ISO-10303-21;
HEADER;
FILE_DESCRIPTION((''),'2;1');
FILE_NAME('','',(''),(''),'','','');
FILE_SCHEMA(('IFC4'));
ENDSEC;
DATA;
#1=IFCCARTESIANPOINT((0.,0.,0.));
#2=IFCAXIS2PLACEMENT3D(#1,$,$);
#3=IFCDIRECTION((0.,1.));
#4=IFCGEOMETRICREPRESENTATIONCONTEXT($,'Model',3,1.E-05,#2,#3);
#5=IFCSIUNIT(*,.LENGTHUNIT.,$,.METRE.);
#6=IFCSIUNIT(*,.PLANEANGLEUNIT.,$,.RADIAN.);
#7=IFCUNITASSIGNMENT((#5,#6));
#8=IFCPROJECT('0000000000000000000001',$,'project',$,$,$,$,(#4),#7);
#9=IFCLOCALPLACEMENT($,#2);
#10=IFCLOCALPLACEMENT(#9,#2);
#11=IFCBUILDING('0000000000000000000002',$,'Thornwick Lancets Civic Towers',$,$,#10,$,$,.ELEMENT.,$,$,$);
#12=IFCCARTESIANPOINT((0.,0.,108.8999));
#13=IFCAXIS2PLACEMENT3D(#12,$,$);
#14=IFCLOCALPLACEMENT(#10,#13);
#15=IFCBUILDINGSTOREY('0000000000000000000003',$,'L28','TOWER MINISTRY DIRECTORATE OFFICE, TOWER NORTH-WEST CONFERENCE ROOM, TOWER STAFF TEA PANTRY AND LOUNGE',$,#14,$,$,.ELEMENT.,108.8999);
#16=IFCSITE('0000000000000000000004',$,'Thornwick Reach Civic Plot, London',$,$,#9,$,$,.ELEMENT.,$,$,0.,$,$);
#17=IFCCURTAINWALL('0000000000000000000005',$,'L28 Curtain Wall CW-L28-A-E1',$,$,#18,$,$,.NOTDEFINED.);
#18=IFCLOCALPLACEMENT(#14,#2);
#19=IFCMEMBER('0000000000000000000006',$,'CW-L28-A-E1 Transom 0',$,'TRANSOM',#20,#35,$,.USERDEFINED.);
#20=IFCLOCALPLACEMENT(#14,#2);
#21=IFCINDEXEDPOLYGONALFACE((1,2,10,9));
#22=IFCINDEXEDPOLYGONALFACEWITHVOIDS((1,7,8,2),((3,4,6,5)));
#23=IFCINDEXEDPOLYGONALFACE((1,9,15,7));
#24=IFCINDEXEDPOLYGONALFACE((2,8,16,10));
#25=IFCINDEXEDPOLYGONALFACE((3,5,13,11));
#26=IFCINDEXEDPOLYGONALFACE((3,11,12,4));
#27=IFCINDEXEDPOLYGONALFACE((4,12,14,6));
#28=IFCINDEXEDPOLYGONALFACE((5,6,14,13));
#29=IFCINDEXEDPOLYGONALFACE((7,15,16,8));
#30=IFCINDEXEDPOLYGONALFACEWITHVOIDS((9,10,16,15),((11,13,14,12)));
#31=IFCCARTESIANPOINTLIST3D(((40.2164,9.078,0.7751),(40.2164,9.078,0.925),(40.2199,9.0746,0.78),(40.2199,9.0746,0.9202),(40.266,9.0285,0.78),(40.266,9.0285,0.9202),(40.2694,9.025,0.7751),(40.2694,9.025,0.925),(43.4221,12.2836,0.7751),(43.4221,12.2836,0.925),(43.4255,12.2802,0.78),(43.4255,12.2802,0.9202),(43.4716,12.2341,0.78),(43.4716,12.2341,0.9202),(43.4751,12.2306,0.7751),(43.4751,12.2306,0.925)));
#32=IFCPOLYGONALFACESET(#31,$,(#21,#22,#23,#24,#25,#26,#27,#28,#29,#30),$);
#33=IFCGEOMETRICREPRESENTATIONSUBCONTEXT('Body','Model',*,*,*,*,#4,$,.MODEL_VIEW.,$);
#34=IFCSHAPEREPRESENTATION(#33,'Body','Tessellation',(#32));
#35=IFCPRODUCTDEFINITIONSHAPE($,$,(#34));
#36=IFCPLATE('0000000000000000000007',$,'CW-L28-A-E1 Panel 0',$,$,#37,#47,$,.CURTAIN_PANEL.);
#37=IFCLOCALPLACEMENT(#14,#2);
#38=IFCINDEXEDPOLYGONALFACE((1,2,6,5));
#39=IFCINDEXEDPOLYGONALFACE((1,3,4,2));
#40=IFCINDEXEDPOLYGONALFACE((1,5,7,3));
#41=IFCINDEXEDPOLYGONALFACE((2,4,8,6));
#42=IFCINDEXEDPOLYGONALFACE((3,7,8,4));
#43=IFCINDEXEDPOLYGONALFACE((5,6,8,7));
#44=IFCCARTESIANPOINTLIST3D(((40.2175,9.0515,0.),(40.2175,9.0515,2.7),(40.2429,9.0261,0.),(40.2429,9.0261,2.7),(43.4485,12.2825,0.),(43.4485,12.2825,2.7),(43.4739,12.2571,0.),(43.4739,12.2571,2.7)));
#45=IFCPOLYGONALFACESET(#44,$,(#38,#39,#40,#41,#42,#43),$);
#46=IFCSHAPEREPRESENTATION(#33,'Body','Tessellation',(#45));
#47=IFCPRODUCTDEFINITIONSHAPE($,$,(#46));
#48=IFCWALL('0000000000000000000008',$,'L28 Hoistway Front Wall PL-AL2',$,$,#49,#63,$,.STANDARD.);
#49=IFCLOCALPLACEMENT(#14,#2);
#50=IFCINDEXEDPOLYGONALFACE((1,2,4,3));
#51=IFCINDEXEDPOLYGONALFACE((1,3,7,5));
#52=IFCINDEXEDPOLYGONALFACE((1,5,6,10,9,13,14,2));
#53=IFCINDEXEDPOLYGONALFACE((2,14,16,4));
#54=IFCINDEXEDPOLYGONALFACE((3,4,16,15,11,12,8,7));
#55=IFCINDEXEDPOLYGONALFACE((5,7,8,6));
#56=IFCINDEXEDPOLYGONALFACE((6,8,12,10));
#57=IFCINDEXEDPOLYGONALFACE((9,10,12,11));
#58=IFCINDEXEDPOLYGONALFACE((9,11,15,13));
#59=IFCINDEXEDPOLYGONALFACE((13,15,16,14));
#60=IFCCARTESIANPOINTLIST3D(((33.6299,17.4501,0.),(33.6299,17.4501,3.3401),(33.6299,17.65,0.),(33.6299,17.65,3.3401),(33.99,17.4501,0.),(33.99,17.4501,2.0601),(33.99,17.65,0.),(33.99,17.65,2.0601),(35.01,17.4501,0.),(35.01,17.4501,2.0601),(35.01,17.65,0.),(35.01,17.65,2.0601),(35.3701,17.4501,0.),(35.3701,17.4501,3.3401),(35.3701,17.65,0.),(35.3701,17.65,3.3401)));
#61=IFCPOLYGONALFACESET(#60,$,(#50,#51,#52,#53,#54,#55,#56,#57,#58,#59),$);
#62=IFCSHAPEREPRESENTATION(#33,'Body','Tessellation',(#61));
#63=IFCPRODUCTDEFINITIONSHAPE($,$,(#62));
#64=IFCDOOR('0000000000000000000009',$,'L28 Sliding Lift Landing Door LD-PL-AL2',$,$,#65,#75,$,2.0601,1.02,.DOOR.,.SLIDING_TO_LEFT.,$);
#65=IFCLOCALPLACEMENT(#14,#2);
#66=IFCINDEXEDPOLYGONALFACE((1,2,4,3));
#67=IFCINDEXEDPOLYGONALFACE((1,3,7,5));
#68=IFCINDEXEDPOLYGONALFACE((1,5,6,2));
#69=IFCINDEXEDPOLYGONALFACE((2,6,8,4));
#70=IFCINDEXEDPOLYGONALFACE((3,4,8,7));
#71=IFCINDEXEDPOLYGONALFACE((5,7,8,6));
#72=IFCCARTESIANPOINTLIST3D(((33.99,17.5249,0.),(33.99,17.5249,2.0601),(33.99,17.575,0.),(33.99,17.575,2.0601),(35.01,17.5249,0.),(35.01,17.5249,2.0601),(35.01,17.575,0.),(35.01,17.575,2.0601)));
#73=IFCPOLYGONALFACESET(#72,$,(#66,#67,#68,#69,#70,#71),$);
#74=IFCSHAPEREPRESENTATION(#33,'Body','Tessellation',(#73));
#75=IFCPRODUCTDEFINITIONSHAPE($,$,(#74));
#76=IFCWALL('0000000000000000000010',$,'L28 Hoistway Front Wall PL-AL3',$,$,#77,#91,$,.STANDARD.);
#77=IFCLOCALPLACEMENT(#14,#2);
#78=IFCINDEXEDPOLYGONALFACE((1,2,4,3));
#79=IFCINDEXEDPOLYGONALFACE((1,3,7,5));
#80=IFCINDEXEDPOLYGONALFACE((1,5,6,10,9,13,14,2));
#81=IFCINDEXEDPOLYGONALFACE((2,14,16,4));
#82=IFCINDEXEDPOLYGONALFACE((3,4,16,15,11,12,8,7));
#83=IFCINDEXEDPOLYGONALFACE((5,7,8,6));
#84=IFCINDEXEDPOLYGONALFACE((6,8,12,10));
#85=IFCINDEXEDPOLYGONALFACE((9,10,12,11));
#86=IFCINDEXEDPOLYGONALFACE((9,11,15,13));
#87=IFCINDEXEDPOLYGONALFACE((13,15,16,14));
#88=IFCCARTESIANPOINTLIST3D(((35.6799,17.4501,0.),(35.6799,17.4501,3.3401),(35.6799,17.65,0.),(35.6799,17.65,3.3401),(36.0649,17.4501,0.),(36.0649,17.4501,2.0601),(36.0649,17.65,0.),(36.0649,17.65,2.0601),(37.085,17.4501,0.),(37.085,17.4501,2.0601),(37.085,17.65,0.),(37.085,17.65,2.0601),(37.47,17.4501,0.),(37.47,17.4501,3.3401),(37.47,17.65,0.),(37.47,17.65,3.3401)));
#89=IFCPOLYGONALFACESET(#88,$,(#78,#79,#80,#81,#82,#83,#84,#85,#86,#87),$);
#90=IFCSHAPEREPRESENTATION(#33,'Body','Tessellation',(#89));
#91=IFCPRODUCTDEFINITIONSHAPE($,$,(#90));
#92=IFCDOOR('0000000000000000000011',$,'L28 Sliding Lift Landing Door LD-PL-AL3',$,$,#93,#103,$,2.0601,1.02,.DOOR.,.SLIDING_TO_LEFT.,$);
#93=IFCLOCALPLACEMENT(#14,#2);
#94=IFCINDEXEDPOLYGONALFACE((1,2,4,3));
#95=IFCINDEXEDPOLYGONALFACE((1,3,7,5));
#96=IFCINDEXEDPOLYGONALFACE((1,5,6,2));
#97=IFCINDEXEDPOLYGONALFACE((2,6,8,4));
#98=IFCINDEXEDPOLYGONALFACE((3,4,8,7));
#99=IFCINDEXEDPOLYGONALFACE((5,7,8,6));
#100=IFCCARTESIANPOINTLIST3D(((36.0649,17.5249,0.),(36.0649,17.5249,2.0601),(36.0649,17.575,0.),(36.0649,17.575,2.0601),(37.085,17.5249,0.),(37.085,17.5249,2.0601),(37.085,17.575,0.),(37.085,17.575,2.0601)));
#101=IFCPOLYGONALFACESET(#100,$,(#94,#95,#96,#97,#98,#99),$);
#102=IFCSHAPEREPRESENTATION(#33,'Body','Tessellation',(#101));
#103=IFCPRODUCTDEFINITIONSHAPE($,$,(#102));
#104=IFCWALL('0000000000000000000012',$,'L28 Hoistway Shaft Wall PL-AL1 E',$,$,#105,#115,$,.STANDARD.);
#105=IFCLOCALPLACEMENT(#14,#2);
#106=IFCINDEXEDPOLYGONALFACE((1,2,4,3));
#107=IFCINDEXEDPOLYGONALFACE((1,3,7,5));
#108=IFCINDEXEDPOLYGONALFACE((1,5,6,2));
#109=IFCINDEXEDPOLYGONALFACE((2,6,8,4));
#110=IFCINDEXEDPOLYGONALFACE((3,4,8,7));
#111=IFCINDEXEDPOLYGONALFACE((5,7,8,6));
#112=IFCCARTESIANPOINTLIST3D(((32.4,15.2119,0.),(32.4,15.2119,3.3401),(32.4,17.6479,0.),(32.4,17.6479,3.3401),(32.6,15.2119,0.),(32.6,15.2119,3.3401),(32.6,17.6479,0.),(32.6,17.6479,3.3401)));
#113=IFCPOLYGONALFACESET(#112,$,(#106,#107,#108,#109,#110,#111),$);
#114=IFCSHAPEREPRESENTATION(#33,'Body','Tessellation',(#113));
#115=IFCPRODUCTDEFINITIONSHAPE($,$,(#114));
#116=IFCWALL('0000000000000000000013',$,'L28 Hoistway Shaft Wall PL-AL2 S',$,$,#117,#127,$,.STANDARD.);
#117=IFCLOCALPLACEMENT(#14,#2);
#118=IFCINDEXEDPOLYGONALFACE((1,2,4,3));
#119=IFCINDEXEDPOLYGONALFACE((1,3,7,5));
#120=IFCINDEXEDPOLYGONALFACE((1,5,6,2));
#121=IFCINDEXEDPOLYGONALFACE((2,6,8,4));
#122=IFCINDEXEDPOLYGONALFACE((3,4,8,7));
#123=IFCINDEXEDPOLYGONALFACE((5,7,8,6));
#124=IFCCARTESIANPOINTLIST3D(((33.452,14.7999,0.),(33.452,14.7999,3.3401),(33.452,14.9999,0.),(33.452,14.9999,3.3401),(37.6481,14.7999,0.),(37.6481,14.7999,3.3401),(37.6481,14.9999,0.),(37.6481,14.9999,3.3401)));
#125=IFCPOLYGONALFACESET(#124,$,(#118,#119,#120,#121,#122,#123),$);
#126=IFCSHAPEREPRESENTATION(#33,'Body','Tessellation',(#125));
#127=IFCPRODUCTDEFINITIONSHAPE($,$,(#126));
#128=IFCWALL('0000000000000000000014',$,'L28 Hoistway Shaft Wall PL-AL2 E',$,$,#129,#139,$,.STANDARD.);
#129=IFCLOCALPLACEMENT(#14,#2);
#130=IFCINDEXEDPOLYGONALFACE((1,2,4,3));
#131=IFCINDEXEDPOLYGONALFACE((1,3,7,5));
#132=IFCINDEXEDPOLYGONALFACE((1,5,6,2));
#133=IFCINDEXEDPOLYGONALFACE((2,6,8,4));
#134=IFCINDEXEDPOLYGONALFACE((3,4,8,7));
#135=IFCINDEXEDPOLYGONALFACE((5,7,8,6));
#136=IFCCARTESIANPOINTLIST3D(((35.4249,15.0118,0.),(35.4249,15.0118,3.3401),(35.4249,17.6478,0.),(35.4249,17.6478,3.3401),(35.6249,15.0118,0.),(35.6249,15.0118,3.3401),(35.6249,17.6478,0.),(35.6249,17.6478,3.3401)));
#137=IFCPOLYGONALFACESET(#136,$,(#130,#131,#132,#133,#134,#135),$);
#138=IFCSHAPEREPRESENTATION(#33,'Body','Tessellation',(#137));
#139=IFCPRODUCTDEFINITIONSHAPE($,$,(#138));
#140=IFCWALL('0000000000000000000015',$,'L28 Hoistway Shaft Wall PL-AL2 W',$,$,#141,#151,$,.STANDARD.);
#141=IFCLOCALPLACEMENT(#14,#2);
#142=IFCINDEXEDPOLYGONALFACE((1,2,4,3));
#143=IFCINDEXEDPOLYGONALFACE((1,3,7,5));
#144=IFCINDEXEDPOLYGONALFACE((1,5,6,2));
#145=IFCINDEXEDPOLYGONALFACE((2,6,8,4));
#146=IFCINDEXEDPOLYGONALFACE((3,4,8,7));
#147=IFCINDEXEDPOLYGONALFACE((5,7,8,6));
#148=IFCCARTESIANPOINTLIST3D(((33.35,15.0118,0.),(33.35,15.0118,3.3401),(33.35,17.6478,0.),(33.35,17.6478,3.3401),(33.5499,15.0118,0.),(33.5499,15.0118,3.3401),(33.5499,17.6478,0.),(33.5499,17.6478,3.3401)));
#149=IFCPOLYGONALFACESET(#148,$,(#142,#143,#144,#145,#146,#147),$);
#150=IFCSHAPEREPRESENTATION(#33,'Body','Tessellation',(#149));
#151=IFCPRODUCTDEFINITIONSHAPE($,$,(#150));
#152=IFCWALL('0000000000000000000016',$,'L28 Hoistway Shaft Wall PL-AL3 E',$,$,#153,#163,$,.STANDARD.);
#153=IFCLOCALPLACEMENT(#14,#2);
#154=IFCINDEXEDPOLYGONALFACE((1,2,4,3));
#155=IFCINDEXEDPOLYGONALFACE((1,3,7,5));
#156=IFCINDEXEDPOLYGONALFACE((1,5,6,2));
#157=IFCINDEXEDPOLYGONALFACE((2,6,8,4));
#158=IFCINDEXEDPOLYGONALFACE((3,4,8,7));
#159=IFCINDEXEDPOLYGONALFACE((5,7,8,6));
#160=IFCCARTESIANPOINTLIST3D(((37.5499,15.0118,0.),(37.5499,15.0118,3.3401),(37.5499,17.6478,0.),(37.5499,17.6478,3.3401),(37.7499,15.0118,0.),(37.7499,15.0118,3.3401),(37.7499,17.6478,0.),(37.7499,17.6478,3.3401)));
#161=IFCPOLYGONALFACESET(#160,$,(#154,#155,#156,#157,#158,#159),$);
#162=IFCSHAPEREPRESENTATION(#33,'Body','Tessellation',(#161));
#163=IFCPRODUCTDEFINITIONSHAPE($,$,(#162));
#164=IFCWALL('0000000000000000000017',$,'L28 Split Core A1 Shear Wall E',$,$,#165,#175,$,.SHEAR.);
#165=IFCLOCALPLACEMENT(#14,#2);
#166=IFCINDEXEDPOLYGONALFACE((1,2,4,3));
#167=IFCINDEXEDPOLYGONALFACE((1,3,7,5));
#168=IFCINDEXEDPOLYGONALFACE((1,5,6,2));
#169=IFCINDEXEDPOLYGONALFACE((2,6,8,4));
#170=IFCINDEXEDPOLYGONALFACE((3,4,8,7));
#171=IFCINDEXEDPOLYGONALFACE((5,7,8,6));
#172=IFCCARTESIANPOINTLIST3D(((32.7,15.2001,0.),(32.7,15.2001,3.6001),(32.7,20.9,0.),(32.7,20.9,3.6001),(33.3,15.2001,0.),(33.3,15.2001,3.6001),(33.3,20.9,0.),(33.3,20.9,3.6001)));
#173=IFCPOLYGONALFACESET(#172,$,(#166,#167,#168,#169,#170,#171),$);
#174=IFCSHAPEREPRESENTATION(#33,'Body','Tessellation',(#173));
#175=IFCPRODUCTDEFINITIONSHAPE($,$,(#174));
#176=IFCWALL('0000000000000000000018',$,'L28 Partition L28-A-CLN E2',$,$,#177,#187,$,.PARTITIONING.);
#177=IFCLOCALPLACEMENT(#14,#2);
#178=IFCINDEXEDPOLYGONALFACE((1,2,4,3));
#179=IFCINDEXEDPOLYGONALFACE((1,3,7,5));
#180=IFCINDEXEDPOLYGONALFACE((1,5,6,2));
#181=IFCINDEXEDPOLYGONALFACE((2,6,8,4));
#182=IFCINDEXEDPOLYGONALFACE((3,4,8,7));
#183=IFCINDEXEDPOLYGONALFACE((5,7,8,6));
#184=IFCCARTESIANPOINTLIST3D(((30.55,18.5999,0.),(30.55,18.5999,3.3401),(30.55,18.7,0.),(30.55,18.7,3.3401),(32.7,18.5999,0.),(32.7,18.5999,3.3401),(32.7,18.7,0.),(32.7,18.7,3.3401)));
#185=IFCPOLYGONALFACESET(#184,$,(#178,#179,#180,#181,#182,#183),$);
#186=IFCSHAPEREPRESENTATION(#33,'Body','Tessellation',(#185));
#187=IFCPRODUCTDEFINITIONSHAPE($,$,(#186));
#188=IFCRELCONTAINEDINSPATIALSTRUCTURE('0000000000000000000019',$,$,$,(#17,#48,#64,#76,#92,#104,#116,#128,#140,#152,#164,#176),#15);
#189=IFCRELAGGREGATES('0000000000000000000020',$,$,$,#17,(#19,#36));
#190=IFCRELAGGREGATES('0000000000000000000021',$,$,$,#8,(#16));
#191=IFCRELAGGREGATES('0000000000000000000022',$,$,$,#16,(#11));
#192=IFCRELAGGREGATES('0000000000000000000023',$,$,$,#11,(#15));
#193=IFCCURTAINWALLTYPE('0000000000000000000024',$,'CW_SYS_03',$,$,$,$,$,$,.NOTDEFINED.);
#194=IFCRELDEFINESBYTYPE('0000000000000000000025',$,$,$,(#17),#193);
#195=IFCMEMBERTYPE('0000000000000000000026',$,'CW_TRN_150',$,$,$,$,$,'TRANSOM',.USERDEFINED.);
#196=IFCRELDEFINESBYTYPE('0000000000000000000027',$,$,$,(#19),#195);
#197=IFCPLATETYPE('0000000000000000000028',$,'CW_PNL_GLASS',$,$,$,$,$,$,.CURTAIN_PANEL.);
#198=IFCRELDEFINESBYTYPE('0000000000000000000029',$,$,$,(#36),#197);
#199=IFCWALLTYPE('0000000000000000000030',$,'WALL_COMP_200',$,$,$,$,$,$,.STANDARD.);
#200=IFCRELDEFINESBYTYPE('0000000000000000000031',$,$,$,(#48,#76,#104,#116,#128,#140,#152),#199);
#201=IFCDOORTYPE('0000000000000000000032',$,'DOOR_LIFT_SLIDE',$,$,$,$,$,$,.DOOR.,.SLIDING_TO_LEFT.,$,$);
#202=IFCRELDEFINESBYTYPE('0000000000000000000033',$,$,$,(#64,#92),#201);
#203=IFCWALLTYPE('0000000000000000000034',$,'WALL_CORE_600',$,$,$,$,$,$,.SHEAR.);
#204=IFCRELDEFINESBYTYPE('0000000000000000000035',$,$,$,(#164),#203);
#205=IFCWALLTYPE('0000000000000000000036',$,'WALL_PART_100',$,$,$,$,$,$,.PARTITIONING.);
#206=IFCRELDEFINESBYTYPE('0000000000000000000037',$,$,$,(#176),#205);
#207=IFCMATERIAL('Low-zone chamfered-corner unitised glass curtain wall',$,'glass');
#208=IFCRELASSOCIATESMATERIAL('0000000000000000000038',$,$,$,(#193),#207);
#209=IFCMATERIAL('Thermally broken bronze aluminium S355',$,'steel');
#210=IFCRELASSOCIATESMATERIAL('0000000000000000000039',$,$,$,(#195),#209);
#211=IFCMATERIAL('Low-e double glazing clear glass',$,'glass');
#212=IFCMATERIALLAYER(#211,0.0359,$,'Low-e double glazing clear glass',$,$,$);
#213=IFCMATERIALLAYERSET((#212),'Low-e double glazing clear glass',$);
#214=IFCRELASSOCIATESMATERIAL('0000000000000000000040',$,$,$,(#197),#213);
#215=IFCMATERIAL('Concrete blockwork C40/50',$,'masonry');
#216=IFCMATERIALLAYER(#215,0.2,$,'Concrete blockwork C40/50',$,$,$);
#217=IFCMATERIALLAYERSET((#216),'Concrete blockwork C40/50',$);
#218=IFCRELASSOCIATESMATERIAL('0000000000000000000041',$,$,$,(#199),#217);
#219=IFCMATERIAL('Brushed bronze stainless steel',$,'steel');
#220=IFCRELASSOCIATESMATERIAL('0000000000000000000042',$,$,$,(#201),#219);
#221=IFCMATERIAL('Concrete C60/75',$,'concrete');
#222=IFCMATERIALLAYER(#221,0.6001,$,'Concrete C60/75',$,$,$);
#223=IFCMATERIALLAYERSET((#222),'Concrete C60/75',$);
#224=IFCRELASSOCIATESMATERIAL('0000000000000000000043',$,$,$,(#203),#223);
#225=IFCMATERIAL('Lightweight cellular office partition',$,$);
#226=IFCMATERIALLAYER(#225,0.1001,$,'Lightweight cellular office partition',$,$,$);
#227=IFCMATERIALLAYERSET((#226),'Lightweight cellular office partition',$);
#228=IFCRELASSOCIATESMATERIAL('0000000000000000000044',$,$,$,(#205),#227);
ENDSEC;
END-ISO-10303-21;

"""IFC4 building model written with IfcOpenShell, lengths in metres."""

from ifc_helpers import new_model, si_unit, direction, frame, frame_2d, origin, origin_2d, place, context, subcontext, project, spatial, rectangle, hollow_rectangle, extrude, material, layer, layer_set, material_profile, profile_set, type_object, element, fill, aggregate, save


model = new_model("IFC4")

# Units and contexts
model_context = context("Model", 3, precision=1e-05, world=origin(), true_north=direction((0.0, 1.0)))
body_context = subcontext(model_context, "Body", "Model", "MODEL_VIEW")
ifc_project = project(units=[si_unit("LENGTHUNIT", "METRE"), si_unit("PLANEANGLEUNIT", "RADIAN")], contexts=[model_context])

# Site, building, storey
site_placement = place(None, origin())
site = spatial("IfcSite", under=ifc_project, at=site_placement, Name="Thornwick Reach Civic Plot, London", CompositionType="ELEMENT", RefElevation=0.0)
building_placement = place(site_placement, origin())
building = spatial("IfcBuilding", under=site, at=building_placement, Name="Thornwick Lancets Civic Towers", CompositionType="ELEMENT")
storey_placement = place(building_placement, frame((0.0, 0.0, 108.8999)))
storey = spatial("IfcBuildingStorey", under=building, at=storey_placement, Name="L28", Description="TOWER MINISTRY DIRECTORATE OFFICE, TOWER NORTH-WEST CONFERENCE ROOM, TOWER STAFF TEA PANTRY AND LOUNGE", CompositionType="ELEMENT", Elevation=108.8999)

# Shared definitions
ifc_material_1 = material(Name="Concrete C60/75", Category="concrete")

# Curtain wall, member, plate
ifc_material_2 = material(Name="Low-zone chamfered-corner unitised glass curtain wall", Category="glass")
curtain_wall_type = type_object("IfcCurtainWallType", Name="CW_SYS_03", PredefinedType="NOTDEFINED", material=ifc_material_2)
curtain_wall_placement = place(storey_placement, origin())
curtain_wall = element("IfcCurtainWall", 1, at=curtain_wall_placement, inside=storey, type_object=curtain_wall_type, Name="L28 Curtain Wall CW-L28-A-E1", PredefinedType="NOTDEFINED")
ifc_material_3 = material(Name="Thermally broken bronze aluminium S355", Category="steel")
ifc_material_profile_1 = material_profile(ifc_material_3, hollow_rectangle(XDim=0.075, YDim=0.1499, WallThickness=0.0049, at=origin_2d()), Name="RHS 150x75x5")
ifc_profile_set_1 = profile_set([ifc_material_profile_1], Name="Thermally broken bronze aluminium S355")
member_type_1 = type_object("IfcMemberType", Name="CW_TRN_150", ElementType="TRANSOM", PredefinedType="USERDEFINED", material=ifc_profile_set_1)
member_1_placement = place(storey_placement, frame((40.2429, 9.0515, 0.8501), z_axis=(0.707107, 0.707107, 0.0), x_axis=(-0.707107, 0.707107, 0.0)))
member_1 = element("IfcMember", 2, at=member_1_placement, type_object=member_type_1, Name="CW-L28-A-E1 Transom 0", ObjectType="TRANSOM", PredefinedType="USERDEFINED", context=body_context, shape_type="SweptSolid", body=[
    extrude(hollow_rectangle(XDim=0.075, YDim=0.1499, WallThickness=0.0049, at=origin_2d()), origin(), (0.0, 0.0, 1.0), 4.5334),
])
ifc_material_4 = material(Name="Low-e double glazing clear glass", Category="glass")
ifc_layer_1 = layer(ifc_material_4, 0.0359, Name="Low-e double glazing clear glass")
ifc_layer_set_1 = layer_set([ifc_layer_1], Name="Low-e double glazing clear glass")
plate_type = type_object("IfcPlateType", Name="CW_PNL_GLASS", PredefinedType="CURTAIN_PANEL", material=ifc_layer_set_1)
plate_placement = place(storey_placement, frame((41.8457, 10.6543, 0.0), z_axis=(0.0, 0.0, 1.0), x_axis=(0.707107, 0.707107, 0.0)))
plate = element("IfcPlate", 3, at=plate_placement, type_object=plate_type, Name="CW-L28-A-E1 Panel 0", PredefinedType="CURTAIN_PANEL", context=body_context, shape_type="SweptSolid", body=[
    extrude(rectangle(XDim=4.5693, YDim=0.0359, at=origin_2d()), origin(), (0.0, 0.0, 1.0), 2.7),
])
aggregate(curtain_wall, [member_1, plate])

# Walls, openings, doors
ifc_material_5 = material(Name="Concrete blockwork C40/50", Category="masonry")
ifc_layer_2 = layer(ifc_material_5, 0.2, Name="Concrete blockwork C40/50")
ifc_layer_set_2 = layer_set([ifc_layer_2], Name="Concrete blockwork C40/50")
wall_type_1 = type_object("IfcWallType", Name="WALL_COMP_200", PredefinedType="STANDARD", material=ifc_layer_set_2)
wall_1_placement = place(storey_placement, frame((33.6299, 17.55, 0.0), z_axis=(0.0, 0.0, 1.0), x_axis=(1.0, 0.0, 0.0)))
wall_1 = element("IfcWall", 4, at=wall_1_placement, inside=storey, type_object=wall_type_1, Name="L28 Hoistway Front Wall PL-AL2", PredefinedType="STANDARD", context=body_context, shape_type="SweptSolid", body=[
    extrude(rectangle(XDim=1.7402, YDim=0.2, at=frame_2d((0.8701, 0.0))), origin(), (0.0, 0.0, 1.0), 3.3401),
])
opening_1_placement = place(wall_1_placement, frame((0.3601, 0.0, 0.0)))
opening_1 = element("IfcOpeningElement", 5, at=opening_1_placement, cuts=wall_1, PredefinedType="OPENING", context=body_context, shape_type="SweptSolid", body=[
    extrude(rectangle(XDim=1.02, YDim=2.0601, at=frame_2d((0.51, 1.03))), frame((0.0, 0.1099, 0.0), z_axis=(0.0, -1.0, 0.0), x_axis=(1.0, 0.0, 0.0)), (0.0, 0.0, 1.0), 0.22),
])
ifc_material_6 = material(Name="Brushed bronze stainless steel", Category="steel")
door_type_1 = type_object("IfcDoorType", Name="DOOR_LIFT_SLIDE", OperationType="SLIDING_TO_LEFT", PredefinedType="DOOR", material=ifc_material_6)
door_1_placement = place(opening_1_placement, origin())
door_1 = element("IfcDoor", 6, at=door_1_placement, inside=storey, type_object=door_type_1, Name="L28 Sliding Lift Landing Door LD-PL-AL2", OperationType="SLIDING_TO_LEFT", OverallHeight=2.0601, OverallWidth=1.02, PredefinedType="DOOR", context=body_context, shape_type="SweptSolid", body=[
    extrude(rectangle(XDim=1.02, YDim=2.0601, at=frame_2d((0.51, 1.03))), frame((0.0, 0.0249, 0.0), z_axis=(0.0, -1.0, 0.0), x_axis=(1.0, 0.0, 0.0)), (0.0, 0.0, 1.0), 0.05),
])
fill(opening_1, door_1)
wall_2_placement = place(storey_placement, frame((35.6799, 17.55, 0.0), z_axis=(0.0, 0.0, 1.0), x_axis=(1.0, 0.0, 0.0)))
wall_2 = element("IfcWall", 7, at=wall_2_placement, inside=storey, type_object=wall_type_1, Name="L28 Hoistway Front Wall PL-AL3", PredefinedType="STANDARD", context=body_context, shape_type="SweptSolid", body=[
    extrude(rectangle(XDim=1.79, YDim=0.2, at=frame_2d((0.895, 0.0))), origin(), (0.0, 0.0, 1.0), 3.3401),
])
opening_2_placement = place(wall_2_placement, frame((0.385, 0.0, 0.0)))
opening_2 = element("IfcOpeningElement", 8, at=opening_2_placement, cuts=wall_2, PredefinedType="OPENING", context=body_context, shape_type="SweptSolid", body=[
    extrude(rectangle(XDim=1.02, YDim=2.0601, at=frame_2d((0.51, 1.03))), frame((0.0, 0.1099, 0.0), z_axis=(0.0, -1.0, 0.0), x_axis=(1.0, 0.0, 0.0)), (0.0, 0.0, 1.0), 0.22),
])
door_2_placement = place(opening_2_placement, origin())
door_2 = element("IfcDoor", 9, at=door_2_placement, inside=storey, type_object=door_type_1, Name="L28 Sliding Lift Landing Door LD-PL-AL3", OperationType="SLIDING_TO_LEFT", OverallHeight=2.0601, OverallWidth=1.02, PredefinedType="DOOR", context=body_context, shape_type="SweptSolid", body=[
    extrude(rectangle(XDim=1.02, YDim=2.0601, at=frame_2d((0.51, 1.03))), frame((0.0, 0.0249, 0.0), z_axis=(0.0, -1.0, 0.0), x_axis=(1.0, 0.0, 0.0)), (0.0, 0.0, 1.0), 0.05),
])
fill(opening_2, door_2)

# Walls
wall_3_placement = place(storey_placement, frame((32.5, 15.2119, 0.0), z_axis=(0.0, 0.0, 1.0), x_axis=(0.0, 1.0, 0.0)))
element("IfcWall", 10, at=wall_3_placement, inside=storey, type_object=wall_type_1, Name="L28 Hoistway Shaft Wall PL-AL1 E", PredefinedType="STANDARD", context=body_context, shape_type="SweptSolid", body=[
    extrude(rectangle(XDim=2.436, YDim=0.2, at=frame_2d((1.218, 0.0))), origin(), (0.0, 0.0, 1.0), 3.3401),
])
wall_4_placement = place(storey_placement, frame((33.4519, 14.8999, 0.0), z_axis=(0.0, 0.0, 1.0), x_axis=(1.0, 0.0, 0.0)))
element("IfcWall", 11, at=wall_4_placement, inside=storey, type_object=wall_type_1, Name="L28 Hoistway Shaft Wall PL-AL2 S", PredefinedType="STANDARD", context=body_context, shape_type="SweptSolid", body=[
    extrude(rectangle(XDim=4.196, YDim=0.2, at=frame_2d((2.0981, 0.0))), origin(), (0.0, 0.0, 1.0), 3.3401),
])
for number, where, z_axis, x_axis, name in (
    (12, (35.5249, 15.012, 0.0), (0.0, 0.0, 1.0), (0.0, 1.0, 0.0), "L28 Hoistway Shaft Wall PL-AL2 E"),
    (13, (33.45, 15.012, 0.0), (0.0, 0.0, 1.0), (0.0, 1.0, 0.0), "L28 Hoistway Shaft Wall PL-AL2 W"),
    (14, (37.6499, 15.012, 0.0), (0.0, 0.0, 1.0), (0.0, 1.0, 0.0), "L28 Hoistway Shaft Wall PL-AL3 E"),
):
    element("IfcWall", number, at=place(storey_placement, frame(where, z_axis=z_axis, x_axis=x_axis)), inside=storey, type_object=wall_type_1, Name=name, PredefinedType="STANDARD", context=body_context, shape_type="SweptSolid", body=[
        extrude(rectangle(XDim=2.636, YDim=0.2, at=frame_2d((1.3179, 0.0))), origin(), (0.0, 0.0, 1.0), 3.3401),
    ])
ifc_layer_3 = layer(ifc_material_1, 0.6001, Name="Concrete C60/75")
ifc_layer_set_3 = layer_set([ifc_layer_3], Name="Concrete C60/75")
wall_type_2 = type_object("IfcWallType", Name="WALL_CORE_600", PredefinedType="SHEAR", material=ifc_layer_set_3)
wall_5_placement = place(storey_placement, frame((33.0, 15.2, 0.0), z_axis=(0.0, 0.0, 1.0), x_axis=(0.0, 1.0, 0.0)))
element("IfcWall", 15, at=wall_5_placement, inside=storey, type_object=wall_type_2, Name="L28 Split Core A1 Shear Wall E", PredefinedType="SHEAR", context=body_context, shape_type="SweptSolid", body=[
    extrude(rectangle(XDim=5.7, YDim=0.6001, at=frame_2d((2.8501, 0.0))), origin(), (0.0, 0.0, 1.0), 3.6001),
])
ifc_material_7 = material(Name="Lightweight cellular office partition")
ifc_layer_4 = layer(ifc_material_7, 0.1001, Name="Lightweight cellular office partition")
ifc_layer_set_4 = layer_set([ifc_layer_4], Name="Lightweight cellular office partition")
wall_type_3 = type_object("IfcWallType", Name="WALL_PART_100", PredefinedType="PARTITIONING", material=ifc_layer_set_4)
wall_6_placement = place(storey_placement, frame((32.7, 18.6499, 0.0), z_axis=(0.0, 0.0, 1.0), x_axis=(-1.0, 0.0, 0.0)))
element("IfcWall", 16, at=wall_6_placement, inside=storey, type_object=wall_type_3, Name="L28 Partition L28-A-CLN E2", PredefinedType="PARTITIONING", context=body_context, shape_type="SweptSolid", body=[
    extrude(rectangle(XDim=2.1499, YDim=0.1001, at=frame_2d((1.075, 0.0))), origin(), (0.0, 0.0, 1.0), 3.3401),
])

save(model, "model.ifc")
